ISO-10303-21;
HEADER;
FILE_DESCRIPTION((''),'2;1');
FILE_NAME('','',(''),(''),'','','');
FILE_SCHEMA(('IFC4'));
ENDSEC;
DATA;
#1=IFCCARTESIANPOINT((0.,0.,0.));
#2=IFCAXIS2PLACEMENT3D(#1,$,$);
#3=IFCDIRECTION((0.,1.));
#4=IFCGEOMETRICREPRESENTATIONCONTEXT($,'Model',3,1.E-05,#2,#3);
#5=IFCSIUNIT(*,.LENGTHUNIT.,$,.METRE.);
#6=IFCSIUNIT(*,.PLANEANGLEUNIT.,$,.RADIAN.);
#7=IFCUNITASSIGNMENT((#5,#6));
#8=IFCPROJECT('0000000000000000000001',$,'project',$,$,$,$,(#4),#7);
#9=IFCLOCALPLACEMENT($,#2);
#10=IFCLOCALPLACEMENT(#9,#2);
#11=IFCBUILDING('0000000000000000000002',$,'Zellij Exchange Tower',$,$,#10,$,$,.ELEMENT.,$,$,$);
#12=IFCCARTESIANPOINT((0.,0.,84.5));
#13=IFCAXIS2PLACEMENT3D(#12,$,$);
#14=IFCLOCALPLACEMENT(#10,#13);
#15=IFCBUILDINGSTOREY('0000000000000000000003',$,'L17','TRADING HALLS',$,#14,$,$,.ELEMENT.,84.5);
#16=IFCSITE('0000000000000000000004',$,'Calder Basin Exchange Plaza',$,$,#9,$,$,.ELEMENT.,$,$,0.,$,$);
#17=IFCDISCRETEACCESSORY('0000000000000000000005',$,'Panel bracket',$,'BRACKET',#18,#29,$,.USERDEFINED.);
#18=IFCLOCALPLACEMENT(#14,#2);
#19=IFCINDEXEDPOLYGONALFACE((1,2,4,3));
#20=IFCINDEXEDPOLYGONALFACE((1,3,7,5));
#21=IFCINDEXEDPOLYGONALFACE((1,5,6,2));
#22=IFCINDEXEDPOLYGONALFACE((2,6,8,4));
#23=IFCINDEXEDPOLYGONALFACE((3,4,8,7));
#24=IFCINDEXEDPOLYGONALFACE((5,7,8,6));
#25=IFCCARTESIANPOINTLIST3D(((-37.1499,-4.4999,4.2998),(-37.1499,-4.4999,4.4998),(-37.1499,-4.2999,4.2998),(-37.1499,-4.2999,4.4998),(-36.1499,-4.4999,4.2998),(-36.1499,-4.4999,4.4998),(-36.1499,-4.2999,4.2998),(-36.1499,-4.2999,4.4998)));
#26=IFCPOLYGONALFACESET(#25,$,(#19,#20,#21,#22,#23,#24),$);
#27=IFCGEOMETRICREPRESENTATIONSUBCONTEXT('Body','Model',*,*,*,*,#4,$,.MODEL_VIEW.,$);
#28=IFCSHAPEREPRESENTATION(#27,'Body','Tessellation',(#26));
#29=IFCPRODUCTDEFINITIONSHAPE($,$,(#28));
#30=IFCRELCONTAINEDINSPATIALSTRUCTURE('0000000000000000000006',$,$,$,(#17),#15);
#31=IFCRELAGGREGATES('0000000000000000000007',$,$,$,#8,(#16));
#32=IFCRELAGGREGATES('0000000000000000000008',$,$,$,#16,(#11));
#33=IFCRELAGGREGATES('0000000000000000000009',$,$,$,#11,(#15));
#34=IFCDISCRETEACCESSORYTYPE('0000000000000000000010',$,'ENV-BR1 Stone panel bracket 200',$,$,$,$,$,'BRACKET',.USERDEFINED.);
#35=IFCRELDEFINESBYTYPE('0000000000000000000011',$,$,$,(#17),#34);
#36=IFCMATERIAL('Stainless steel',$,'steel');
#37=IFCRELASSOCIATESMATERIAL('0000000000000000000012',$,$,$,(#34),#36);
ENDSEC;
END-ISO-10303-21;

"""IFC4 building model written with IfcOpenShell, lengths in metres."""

from ifc_helpers import new_model, si_unit, direction, frame, origin, origin_2d, place, context, subcontext, project, spatial, rectangle, extrude, material, type_object, element, save


model = new_model("IFC4")

# Units and contexts
model_context = context("Model", 3, precision=1e-05, world=origin(), true_north=direction((0.0, 1.0)))
body_context = subcontext(model_context, "Body", "Model", "MODEL_VIEW")
ifc_project = project(units=[si_unit("LENGTHUNIT", "METRE"), si_unit("PLANEANGLEUNIT", "RADIAN")], contexts=[model_context])

# Site, building, storey
site_placement = place(None, origin())
site = spatial("IfcSite", under=ifc_project, at=site_placement, Name="Calder Basin Exchange Plaza", CompositionType="ELEMENT", RefElevation=0.0)
building_placement = place(site_placement, origin())
building = spatial("IfcBuilding", under=site, at=building_placement, Name="Zellij Exchange Tower", CompositionType="ELEMENT")
storey_placement = place(building_placement, frame((0.0, 0.0, 84.5)))
storey = spatial("IfcBuildingStorey", under=building, at=storey_placement, Name="L17", Description="TRADING HALLS", CompositionType="ELEMENT", Elevation=84.5)

# Discrete accessory
ifc_material_1 = material(Name="Stainless steel", Category="steel")
discrete_accessory_type = type_object("IfcDiscreteAccessoryType", Name="ENV-BR1 Stone panel bracket 200", ElementType="BRACKET", PredefinedType="USERDEFINED", material=ifc_material_1)
for number, where, z_axis, x_axis, name in (
    (1, (-36.6499, -4.3999, 4.2998), (0.0, 0.0, 1.0), (0.0, -1.0, 0.0), "Panel bracket"),
):
    element("IfcDiscreteAccessory", number, at=place(storey_placement, frame(where, z_axis=z_axis, x_axis=x_axis)), inside=storey, type_object=discrete_accessory_type, Name=name, ObjectType="BRACKET", PredefinedType="USERDEFINED", context=body_context, shape_type="SweptSolid", body=[
        extrude(rectangle(XDim=0.2, YDim=1.0, at=origin_2d()), origin(), (0.0, 0.0, 1.0), 0.2),
    ])

save(model, "model.ifc")
